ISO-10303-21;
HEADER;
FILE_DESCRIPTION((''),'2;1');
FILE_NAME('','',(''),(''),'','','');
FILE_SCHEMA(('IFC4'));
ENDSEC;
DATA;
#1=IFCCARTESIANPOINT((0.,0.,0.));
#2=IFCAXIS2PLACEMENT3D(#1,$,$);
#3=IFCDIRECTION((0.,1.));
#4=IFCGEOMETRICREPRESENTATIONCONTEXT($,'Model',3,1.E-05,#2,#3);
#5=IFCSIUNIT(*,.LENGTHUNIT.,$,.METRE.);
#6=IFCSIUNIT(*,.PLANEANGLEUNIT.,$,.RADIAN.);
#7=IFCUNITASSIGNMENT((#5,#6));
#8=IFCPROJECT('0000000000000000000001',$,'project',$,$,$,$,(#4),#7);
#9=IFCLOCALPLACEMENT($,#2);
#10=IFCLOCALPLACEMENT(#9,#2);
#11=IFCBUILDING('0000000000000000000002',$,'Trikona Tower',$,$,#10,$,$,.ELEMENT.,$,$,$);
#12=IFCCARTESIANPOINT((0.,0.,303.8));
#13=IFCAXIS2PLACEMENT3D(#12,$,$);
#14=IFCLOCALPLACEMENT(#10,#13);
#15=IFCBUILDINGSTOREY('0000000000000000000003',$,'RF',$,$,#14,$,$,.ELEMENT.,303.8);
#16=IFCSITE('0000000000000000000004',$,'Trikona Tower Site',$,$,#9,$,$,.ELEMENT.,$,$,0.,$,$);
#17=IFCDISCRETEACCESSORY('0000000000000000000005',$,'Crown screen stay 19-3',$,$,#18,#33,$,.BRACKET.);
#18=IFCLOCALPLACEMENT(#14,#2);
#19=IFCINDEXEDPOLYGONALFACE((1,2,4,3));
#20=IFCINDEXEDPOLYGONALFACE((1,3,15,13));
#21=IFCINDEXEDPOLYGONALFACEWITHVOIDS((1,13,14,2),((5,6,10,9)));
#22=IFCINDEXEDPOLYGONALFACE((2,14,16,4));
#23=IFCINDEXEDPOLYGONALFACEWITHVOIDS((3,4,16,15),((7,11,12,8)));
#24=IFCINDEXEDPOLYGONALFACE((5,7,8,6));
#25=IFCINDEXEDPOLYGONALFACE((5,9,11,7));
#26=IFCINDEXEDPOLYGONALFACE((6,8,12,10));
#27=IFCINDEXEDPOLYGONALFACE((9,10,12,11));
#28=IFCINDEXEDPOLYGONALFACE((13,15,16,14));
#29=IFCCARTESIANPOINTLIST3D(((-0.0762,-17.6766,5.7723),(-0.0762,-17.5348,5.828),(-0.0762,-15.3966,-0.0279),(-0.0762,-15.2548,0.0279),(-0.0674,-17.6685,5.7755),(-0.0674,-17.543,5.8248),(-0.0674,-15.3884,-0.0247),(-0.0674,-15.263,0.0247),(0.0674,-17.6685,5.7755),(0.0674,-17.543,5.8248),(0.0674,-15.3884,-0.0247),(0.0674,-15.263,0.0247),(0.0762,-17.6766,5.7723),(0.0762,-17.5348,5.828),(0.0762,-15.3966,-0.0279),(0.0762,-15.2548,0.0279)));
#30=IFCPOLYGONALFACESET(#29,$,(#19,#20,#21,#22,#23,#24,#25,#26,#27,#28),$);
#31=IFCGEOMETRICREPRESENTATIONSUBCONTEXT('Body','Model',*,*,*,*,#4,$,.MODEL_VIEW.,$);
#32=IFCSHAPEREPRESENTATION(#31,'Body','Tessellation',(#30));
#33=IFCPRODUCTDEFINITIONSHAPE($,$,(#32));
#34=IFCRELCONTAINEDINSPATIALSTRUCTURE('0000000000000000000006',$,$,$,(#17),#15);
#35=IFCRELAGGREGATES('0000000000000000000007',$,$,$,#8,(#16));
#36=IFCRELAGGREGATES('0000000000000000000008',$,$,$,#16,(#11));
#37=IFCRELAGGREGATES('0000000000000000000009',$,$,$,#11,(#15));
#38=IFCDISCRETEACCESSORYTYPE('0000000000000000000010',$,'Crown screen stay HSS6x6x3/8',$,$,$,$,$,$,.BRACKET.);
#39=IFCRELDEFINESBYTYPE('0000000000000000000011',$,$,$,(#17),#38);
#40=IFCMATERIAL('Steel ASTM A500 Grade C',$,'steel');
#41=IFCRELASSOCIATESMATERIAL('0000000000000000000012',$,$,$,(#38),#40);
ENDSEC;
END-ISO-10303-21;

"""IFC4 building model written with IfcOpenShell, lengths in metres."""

from ifc_helpers import new_model, si_unit, direction, frame, origin, origin_2d, place, context, subcontext, project, spatial, hollow_rectangle, extrude, material, material_profile, profile_set, type_object, element, save


model = new_model("IFC4")

# Units and contexts
model_context = context("Model", 3, precision=1e-05, world=origin(), true_north=direction((0.0, 1.0)))
body_context = subcontext(model_context, "Body", "Model", "MODEL_VIEW")
ifc_project = project(units=[si_unit("LENGTHUNIT", "METRE"), si_unit("PLANEANGLEUNIT", "RADIAN")], contexts=[model_context])

# Site, building, storey
site_placement = place(None, origin())
site = spatial("IfcSite", under=ifc_project, at=site_placement, Name="Trikona Tower Site", CompositionType="ELEMENT", RefElevation=0.0)
building_placement = place(site_placement, origin())
building = spatial("IfcBuilding", under=site, at=building_placement, Name="Trikona Tower", CompositionType="ELEMENT")
storey_placement = place(building_placement, frame((0.0, 0.0, 303.8)))
storey = spatial("IfcBuildingStorey", under=building, at=storey_placement, Name="RF", CompositionType="ELEMENT", Elevation=303.8)

# Discrete accessory
ifc_material_1 = material(Name="Steel ASTM A500 Grade C", Category="steel")
ifc_material_profile_1 = material_profile(ifc_material_1, hollow_rectangle(XDim=0.1523, YDim=0.1523, WallThickness=0.0088, at=origin_2d()), Name="HSS6X6X3/8")
ifc_profile_set_1 = profile_set([ifc_material_profile_1], Name="Steel ASTM A500 Grade C")
discrete_accessory_type_1 = type_object("IfcDiscreteAccessoryType", Name="Crown screen stay HSS6x6x3/8", PredefinedType="BRACKET", material=ifc_profile_set_1)
for number, where, z_axis, x_axis, name in (
    (1, (0.0, -15.3257, 0.0), (0.0, -0.365852, 0.930673), (1.0, 0.0, 0.0), "Crown screen stay 19-3"),
):
    element("IfcDiscreteAccessory", number, at=place(storey_placement, frame(where, z_axis=z_axis, x_axis=x_axis)), inside=storey, type_object=discrete_accessory_type_1, Name=name, PredefinedType="BRACKET", context=body_context, shape_type="SweptSolid", body=[
        extrude(hollow_rectangle(XDim=0.1523, YDim=0.1523, WallThickness=0.0088, at=origin_2d()), origin(), (0.0, 0.0, 1.0), 6.2322),
    ])

save(model, "model.ifc")
